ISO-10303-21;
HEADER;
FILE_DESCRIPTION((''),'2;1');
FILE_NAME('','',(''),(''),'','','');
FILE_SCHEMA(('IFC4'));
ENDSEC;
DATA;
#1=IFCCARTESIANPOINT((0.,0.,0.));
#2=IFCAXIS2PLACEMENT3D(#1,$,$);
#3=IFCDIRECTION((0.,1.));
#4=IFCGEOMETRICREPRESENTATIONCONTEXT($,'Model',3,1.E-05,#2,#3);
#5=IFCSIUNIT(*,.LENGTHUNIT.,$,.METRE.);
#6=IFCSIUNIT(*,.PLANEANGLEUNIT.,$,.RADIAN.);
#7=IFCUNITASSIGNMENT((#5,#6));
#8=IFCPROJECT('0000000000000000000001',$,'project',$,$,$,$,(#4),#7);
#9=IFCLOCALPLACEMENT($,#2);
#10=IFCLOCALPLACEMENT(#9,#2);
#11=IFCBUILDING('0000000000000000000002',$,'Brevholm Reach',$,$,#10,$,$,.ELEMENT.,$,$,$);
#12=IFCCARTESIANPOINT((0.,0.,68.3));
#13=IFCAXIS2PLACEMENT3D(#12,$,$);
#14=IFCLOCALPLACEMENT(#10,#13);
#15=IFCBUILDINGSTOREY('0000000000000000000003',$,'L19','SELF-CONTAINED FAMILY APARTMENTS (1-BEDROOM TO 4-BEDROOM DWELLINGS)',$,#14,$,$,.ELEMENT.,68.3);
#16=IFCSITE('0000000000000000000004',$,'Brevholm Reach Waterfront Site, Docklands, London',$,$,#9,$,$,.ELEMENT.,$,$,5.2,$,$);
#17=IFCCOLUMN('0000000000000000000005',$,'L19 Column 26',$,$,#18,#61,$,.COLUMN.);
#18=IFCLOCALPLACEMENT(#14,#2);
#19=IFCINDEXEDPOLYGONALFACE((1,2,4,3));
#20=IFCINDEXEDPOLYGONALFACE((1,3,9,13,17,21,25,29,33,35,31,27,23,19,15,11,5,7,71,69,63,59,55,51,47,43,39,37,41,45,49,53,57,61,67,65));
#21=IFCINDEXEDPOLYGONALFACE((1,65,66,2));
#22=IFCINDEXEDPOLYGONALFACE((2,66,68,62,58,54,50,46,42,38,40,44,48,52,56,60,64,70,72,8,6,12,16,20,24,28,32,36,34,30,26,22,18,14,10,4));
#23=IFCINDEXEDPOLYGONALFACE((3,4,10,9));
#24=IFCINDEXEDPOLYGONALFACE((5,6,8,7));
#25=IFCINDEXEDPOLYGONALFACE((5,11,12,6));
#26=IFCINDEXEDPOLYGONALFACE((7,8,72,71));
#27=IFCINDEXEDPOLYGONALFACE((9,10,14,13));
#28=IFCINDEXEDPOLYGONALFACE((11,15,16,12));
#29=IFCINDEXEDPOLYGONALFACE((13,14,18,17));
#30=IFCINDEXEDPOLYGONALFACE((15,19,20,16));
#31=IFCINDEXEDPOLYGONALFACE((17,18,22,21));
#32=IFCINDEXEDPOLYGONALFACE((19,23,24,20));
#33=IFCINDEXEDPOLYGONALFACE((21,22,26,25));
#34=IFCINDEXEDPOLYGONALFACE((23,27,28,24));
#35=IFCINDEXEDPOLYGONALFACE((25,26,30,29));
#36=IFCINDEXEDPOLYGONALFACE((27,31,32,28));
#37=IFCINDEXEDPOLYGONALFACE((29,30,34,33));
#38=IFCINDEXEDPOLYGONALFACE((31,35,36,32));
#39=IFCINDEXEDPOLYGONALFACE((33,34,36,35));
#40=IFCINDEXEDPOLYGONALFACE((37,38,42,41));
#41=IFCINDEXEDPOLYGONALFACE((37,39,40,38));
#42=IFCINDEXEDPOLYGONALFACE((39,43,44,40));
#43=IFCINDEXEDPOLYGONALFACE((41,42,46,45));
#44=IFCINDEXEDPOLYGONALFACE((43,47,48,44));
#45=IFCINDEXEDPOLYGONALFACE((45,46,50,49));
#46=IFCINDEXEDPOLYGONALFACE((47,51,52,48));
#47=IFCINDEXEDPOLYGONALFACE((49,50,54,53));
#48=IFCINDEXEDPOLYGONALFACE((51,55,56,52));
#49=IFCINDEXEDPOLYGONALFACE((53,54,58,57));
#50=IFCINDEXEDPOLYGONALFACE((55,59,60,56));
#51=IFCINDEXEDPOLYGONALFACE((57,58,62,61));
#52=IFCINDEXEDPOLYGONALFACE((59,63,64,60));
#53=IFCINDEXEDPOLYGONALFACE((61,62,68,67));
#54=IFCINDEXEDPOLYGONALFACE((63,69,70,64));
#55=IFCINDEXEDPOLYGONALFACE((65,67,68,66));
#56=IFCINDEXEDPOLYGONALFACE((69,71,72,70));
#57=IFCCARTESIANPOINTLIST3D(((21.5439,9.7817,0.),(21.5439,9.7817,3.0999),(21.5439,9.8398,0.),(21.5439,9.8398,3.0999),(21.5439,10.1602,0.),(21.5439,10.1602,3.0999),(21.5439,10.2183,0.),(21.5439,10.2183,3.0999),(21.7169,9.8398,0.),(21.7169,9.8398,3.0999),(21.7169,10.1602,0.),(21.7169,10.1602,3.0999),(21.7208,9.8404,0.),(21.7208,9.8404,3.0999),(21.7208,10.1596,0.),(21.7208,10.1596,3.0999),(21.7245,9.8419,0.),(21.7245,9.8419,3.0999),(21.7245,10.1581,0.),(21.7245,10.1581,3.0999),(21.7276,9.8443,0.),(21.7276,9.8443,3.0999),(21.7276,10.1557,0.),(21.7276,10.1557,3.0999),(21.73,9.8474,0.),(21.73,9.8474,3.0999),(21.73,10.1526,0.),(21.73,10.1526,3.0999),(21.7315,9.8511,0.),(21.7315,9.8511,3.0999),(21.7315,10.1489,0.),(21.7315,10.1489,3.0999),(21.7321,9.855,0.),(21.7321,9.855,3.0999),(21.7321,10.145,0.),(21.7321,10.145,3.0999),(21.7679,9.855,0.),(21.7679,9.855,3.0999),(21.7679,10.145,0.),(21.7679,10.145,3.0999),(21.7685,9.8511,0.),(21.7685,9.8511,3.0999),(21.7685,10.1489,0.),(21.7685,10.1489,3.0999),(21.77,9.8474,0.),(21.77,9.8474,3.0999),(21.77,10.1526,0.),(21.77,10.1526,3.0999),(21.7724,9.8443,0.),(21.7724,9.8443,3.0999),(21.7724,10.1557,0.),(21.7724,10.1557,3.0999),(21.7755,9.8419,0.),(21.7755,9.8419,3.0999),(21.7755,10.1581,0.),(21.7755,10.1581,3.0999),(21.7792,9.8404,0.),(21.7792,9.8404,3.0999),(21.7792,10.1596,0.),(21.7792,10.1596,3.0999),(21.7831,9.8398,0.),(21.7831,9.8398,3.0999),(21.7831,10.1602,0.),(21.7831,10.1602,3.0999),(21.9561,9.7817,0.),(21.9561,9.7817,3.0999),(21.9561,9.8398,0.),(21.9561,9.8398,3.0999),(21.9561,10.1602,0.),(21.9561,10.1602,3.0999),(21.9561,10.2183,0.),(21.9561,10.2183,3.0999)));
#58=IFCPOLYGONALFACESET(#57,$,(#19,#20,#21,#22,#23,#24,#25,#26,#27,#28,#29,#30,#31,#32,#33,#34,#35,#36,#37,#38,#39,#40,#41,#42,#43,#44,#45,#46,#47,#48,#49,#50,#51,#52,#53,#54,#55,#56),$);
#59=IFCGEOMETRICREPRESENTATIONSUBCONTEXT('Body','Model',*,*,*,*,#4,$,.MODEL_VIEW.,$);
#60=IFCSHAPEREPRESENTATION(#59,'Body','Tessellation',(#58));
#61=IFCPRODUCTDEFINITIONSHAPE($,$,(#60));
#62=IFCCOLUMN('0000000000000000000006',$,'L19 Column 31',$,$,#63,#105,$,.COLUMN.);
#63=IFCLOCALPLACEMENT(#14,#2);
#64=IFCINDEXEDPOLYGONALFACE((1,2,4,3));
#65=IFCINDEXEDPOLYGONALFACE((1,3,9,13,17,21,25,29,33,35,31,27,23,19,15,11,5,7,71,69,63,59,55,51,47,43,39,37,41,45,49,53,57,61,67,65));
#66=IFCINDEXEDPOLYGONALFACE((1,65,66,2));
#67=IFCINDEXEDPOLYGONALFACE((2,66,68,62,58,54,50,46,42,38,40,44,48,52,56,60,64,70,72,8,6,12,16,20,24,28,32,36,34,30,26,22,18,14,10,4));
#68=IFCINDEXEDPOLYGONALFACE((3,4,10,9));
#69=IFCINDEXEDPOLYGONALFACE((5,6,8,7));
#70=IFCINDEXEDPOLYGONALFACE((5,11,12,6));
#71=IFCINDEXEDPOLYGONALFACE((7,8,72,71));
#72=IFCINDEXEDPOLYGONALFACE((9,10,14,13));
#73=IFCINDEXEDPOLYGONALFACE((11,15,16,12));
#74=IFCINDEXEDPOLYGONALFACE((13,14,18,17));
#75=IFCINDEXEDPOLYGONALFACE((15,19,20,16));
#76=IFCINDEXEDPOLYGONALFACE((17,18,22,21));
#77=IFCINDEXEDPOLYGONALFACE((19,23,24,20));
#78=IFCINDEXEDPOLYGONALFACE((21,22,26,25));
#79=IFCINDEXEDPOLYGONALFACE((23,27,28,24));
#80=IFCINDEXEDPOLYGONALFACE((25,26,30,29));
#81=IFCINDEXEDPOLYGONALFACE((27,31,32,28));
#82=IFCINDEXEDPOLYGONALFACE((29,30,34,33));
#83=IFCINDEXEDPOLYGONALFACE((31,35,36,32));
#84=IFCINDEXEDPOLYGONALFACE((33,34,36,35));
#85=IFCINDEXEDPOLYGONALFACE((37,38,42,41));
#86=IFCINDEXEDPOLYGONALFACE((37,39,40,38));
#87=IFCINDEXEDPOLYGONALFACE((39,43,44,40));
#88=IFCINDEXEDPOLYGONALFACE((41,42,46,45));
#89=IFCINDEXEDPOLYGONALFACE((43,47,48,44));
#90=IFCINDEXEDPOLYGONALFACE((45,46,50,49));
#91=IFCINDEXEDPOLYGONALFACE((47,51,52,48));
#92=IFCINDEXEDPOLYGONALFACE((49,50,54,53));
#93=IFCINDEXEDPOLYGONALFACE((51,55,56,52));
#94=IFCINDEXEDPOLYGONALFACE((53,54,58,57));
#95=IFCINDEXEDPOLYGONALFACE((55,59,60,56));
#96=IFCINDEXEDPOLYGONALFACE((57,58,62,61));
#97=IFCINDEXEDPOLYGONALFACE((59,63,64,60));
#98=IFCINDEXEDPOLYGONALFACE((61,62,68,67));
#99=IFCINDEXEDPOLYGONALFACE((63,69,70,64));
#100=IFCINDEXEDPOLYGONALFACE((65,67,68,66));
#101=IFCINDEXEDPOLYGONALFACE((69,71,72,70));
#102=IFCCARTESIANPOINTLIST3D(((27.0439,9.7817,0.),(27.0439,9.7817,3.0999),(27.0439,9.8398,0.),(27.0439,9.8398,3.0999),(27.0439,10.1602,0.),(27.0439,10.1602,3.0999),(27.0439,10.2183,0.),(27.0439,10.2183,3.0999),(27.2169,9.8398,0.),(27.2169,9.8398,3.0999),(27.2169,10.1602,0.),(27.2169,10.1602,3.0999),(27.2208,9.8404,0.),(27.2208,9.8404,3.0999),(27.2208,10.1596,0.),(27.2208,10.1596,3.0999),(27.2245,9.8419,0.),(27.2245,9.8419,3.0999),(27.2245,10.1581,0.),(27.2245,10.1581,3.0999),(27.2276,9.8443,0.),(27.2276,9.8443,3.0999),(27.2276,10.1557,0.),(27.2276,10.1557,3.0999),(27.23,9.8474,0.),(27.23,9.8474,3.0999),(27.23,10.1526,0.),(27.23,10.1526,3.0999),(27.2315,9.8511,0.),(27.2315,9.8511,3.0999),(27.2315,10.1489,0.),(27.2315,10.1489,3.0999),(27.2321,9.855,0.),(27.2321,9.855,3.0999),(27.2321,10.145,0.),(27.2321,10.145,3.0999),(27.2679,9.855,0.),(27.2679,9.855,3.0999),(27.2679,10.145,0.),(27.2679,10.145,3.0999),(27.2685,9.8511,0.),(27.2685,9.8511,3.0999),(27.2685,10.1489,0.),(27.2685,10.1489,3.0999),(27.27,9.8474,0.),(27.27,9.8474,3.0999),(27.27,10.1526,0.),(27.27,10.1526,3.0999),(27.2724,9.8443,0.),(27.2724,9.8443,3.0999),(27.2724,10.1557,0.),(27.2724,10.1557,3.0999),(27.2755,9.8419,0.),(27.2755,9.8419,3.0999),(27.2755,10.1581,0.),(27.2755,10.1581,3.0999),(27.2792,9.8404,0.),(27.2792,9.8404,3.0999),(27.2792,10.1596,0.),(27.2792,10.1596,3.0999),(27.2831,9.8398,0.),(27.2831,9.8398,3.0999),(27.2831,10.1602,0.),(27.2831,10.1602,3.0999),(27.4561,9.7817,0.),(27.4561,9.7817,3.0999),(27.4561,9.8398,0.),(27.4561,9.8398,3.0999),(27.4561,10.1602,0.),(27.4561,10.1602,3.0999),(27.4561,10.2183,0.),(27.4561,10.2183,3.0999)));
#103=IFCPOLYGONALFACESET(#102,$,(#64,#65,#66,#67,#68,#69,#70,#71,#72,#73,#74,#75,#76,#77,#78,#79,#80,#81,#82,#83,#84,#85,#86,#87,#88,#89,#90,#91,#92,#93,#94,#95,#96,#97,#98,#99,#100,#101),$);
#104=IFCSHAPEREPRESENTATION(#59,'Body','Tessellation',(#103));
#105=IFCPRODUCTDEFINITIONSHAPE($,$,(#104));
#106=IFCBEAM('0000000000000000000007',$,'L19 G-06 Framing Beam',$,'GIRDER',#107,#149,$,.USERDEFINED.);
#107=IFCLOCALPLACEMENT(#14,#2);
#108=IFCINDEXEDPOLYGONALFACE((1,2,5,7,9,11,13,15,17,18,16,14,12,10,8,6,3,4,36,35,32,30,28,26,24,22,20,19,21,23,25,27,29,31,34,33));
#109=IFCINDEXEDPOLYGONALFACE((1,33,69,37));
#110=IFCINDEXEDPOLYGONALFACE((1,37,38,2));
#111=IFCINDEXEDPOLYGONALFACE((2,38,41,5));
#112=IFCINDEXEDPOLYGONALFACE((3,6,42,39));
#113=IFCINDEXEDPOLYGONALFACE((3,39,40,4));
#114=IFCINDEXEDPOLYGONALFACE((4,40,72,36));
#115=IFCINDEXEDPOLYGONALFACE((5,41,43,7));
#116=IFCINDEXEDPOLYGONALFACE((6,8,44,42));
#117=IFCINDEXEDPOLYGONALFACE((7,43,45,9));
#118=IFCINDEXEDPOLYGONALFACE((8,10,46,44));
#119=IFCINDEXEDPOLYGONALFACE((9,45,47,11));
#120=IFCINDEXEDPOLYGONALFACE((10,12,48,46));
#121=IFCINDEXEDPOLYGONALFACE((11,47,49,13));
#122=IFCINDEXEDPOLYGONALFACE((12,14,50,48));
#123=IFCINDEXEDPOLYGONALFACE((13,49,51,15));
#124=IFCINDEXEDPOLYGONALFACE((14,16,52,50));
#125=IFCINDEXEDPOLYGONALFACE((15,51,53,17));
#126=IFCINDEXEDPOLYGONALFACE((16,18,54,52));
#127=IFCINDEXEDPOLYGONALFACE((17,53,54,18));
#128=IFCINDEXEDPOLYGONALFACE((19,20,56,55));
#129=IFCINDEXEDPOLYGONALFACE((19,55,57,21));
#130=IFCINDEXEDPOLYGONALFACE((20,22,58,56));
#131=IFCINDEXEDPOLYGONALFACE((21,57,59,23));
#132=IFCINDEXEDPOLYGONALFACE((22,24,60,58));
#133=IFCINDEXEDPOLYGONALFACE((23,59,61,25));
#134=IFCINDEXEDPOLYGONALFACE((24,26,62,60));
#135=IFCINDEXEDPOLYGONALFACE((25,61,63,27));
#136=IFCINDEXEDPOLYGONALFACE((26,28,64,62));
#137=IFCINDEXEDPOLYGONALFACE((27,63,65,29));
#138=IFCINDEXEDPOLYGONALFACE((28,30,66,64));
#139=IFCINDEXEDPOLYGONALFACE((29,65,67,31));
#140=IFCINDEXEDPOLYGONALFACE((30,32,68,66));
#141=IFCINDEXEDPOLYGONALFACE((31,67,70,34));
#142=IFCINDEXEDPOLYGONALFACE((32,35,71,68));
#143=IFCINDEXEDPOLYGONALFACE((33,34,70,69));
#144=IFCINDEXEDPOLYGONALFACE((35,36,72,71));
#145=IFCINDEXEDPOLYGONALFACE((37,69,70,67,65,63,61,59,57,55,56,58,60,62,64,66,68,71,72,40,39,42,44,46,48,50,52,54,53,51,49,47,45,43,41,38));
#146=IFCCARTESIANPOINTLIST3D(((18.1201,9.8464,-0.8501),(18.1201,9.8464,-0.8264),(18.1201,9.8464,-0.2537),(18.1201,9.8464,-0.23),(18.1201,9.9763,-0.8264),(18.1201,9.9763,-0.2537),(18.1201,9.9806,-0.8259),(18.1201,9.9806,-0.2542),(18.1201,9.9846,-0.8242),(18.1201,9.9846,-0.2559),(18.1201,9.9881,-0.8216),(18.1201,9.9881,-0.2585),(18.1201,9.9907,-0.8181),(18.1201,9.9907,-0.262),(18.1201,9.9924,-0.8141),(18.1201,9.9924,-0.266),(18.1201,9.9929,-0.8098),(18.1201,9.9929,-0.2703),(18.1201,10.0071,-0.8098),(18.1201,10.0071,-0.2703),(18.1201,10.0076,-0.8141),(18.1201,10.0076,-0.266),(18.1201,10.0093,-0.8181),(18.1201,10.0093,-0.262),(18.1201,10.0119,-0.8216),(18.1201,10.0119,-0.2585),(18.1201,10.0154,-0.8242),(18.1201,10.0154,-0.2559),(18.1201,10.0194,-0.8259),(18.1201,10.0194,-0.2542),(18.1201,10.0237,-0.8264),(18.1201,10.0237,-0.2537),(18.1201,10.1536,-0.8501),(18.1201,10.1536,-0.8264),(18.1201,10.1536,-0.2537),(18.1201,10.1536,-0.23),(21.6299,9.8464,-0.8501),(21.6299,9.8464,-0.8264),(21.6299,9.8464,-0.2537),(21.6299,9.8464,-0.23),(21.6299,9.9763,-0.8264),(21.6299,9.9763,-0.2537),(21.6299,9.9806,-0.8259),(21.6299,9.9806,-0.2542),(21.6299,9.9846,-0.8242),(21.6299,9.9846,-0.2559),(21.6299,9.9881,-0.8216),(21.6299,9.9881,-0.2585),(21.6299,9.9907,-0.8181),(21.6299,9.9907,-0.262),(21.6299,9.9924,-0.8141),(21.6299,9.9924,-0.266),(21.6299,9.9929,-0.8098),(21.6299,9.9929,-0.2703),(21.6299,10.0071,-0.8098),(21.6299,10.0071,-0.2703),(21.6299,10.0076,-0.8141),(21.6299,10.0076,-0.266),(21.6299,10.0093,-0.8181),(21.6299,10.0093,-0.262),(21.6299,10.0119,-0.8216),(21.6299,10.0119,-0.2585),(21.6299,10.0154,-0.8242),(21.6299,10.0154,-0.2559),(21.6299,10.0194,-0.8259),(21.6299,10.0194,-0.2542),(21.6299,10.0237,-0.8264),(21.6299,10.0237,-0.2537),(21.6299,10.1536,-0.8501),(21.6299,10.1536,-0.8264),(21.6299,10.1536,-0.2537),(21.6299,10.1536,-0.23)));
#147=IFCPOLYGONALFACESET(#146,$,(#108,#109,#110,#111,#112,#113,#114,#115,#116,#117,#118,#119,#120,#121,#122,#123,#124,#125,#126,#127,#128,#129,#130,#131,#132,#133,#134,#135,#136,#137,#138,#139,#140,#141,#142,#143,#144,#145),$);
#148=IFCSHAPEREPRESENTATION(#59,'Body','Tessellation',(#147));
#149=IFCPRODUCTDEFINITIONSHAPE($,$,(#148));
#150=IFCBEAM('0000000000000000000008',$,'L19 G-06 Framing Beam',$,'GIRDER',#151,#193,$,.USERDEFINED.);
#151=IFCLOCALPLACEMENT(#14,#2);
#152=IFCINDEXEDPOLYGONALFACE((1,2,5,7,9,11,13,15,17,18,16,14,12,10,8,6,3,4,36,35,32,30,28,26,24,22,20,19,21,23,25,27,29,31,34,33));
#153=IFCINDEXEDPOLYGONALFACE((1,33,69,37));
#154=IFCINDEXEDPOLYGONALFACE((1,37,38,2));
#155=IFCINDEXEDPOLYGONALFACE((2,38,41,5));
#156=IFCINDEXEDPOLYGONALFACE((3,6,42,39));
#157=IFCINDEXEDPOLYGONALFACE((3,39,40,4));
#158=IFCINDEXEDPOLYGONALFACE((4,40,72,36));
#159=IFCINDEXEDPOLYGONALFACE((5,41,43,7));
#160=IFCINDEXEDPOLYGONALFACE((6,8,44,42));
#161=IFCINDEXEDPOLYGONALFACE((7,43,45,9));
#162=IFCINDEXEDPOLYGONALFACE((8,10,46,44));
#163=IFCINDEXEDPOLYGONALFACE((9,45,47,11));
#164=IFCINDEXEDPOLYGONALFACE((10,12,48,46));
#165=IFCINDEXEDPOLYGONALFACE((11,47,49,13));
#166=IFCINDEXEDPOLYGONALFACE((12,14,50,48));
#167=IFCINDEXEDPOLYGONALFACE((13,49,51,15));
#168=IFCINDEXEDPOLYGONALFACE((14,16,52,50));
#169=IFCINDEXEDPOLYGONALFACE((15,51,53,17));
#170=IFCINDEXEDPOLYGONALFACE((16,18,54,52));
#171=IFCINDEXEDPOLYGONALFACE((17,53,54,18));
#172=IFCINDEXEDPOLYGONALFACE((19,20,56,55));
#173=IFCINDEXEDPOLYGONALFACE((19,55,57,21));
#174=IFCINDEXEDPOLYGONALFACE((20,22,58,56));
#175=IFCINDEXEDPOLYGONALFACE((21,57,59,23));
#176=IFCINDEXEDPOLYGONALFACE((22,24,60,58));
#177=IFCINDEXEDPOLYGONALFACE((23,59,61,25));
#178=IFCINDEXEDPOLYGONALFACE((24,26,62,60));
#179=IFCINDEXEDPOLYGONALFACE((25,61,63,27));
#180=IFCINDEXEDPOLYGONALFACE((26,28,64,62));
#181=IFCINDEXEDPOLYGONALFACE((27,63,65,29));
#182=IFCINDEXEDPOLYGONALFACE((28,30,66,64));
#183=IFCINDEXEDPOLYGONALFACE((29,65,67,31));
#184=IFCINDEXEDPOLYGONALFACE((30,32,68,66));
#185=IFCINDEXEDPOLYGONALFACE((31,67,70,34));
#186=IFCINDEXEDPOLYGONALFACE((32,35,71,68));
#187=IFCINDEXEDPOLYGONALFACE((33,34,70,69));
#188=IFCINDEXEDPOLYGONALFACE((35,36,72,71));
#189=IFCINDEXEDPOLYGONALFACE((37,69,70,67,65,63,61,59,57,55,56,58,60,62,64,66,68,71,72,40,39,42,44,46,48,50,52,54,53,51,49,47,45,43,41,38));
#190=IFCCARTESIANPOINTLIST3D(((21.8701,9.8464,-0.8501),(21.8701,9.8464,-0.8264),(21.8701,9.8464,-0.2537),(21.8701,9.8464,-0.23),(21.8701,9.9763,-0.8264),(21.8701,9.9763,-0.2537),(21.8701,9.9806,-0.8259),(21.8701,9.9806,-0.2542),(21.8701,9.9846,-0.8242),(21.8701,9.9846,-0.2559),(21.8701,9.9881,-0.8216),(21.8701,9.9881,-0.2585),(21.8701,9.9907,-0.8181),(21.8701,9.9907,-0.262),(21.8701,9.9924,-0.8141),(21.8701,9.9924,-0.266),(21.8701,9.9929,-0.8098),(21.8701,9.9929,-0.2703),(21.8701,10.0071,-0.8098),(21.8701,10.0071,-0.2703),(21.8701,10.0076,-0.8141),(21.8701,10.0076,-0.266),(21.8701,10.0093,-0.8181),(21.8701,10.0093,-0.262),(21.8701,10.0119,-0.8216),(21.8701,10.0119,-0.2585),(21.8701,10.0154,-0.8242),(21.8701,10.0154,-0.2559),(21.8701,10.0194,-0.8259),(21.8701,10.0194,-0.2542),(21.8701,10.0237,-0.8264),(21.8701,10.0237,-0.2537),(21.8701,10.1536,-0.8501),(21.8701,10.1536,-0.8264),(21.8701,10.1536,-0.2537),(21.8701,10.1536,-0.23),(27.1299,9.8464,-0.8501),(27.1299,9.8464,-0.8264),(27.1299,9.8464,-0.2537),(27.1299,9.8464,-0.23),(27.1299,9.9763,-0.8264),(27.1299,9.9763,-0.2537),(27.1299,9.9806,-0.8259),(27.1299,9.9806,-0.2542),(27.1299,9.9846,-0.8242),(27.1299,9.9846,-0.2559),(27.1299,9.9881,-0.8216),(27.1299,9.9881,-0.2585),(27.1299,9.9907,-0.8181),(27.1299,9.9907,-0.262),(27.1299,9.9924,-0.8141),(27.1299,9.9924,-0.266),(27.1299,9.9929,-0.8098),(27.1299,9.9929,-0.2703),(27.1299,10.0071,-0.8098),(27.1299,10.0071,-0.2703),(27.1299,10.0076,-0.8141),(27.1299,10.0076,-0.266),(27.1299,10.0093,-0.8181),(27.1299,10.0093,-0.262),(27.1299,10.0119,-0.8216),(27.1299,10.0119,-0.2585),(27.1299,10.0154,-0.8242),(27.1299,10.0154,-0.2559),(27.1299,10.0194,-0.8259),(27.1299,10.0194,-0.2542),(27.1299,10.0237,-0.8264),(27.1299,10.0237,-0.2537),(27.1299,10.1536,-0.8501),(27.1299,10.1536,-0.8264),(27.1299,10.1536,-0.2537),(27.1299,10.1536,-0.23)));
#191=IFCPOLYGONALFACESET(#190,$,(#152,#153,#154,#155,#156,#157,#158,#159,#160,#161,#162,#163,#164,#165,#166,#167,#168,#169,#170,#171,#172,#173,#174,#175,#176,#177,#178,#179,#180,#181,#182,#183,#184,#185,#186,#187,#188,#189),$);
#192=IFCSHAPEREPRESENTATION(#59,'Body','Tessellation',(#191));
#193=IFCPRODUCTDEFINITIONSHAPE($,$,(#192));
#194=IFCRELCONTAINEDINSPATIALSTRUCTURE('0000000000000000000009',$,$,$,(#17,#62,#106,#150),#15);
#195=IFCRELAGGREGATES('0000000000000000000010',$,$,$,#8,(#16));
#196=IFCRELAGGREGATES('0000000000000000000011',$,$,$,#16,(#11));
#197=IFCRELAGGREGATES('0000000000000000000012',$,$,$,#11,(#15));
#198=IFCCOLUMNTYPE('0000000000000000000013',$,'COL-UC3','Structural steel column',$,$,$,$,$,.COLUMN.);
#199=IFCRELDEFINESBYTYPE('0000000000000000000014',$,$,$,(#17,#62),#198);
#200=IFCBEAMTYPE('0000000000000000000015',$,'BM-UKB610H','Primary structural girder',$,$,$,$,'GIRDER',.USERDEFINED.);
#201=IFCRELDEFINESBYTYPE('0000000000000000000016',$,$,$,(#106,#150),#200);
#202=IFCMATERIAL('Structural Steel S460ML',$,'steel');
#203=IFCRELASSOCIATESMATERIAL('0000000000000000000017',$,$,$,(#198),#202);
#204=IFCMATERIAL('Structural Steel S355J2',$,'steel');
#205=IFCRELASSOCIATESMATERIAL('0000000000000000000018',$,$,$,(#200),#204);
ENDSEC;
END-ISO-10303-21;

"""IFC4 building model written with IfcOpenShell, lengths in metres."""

from ifc_helpers import new_model, si_unit, direction, frame, origin, origin_2d, place, context, subcontext, project, spatial, i_section, extrude, material, material_profile, profile_set, type_object, element, save


model = new_model("IFC4")

# Units and contexts
model_context = context("Model", 3, precision=1e-05, world=origin(), true_north=direction((0.0, 1.0)))
body_context = subcontext(model_context, "Body", "Model", "MODEL_VIEW")
ifc_project = project(units=[si_unit("LENGTHUNIT", "METRE"), si_unit("PLANEANGLEUNIT", "RADIAN")], contexts=[model_context])

# Site, building, storey
site_placement = place(None, origin())
site = spatial("IfcSite", under=ifc_project, at=site_placement, Name="Brevholm Reach Waterfront Site, Docklands, London", CompositionType="ELEMENT", RefElevation=5.2)
building_placement = place(site_placement, origin())
building = spatial("IfcBuilding", under=site, at=building_placement, Name="Brevholm Reach", CompositionType="ELEMENT")
storey_placement = place(building_placement, frame((0.0, 0.0, 68.3)))
storey = spatial("IfcBuildingStorey", under=building, at=storey_placement, Name="L19", Description="SELF-CONTAINED FAMILY APARTMENTS (1-BEDROOM TO 4-BEDROOM DWELLINGS)", CompositionType="ELEMENT", Elevation=68.3)

# Columns
ifc_material_1 = material(Name="Structural Steel S460ML", Category="steel")
ifc_material_profile_1 = material_profile(ifc_material_1, i_section(OverallWidth=0.4121, OverallDepth=0.4365, WebThickness=0.0359, FlangeThickness=0.0581, FilletRadius=0.0151, at=origin_2d()), Name="UKC 356x406x467")
ifc_profile_set_1 = profile_set([ifc_material_profile_1], Name="Structural Steel S460ML")
column_type = type_object("IfcColumnType", Name="COL-UC3", Description="Structural steel column", PredefinedType="COLUMN", material=ifc_profile_set_1)
for number, where, z_axis, x_axis, name in (
    (1, (21.75, 10.0, 0.0), (0.0, 0.0, 1.0), (1.0, 0.0, 0.0), "L19 Column 26"),
    (2, (27.25, 10.0, 0.0), (0.0, 0.0, 1.0), (1.0, 0.0, 0.0), "L19 Column 31"),
):
    element("IfcColumn", number, at=place(storey_placement, frame(where, z_axis=z_axis, x_axis=x_axis)), inside=storey, type_object=column_type, Name=name, PredefinedType="COLUMN", context=body_context, shape_type="SweptSolid", body=[
        extrude(i_section(OverallWidth=0.4121, OverallDepth=0.4365, WebThickness=0.0359, FlangeThickness=0.0581, FilletRadius=0.0151, at=origin_2d()), origin(), (0.0, 0.0, 1.0), 3.0999),
    ])

# Beams
ifc_material_2 = material(Name="Structural Steel S355J2", Category="steel")
ifc_material_profile_2 = material_profile(ifc_material_2, i_section(OverallWidth=0.3071, OverallDepth=0.6201, WebThickness=0.0142, FlangeThickness=0.0237, FilletRadius=0.0166, at=origin_2d()), Name="UKB 610x305x179")
ifc_profile_set_2 = profile_set([ifc_material_profile_2], Name="Structural Steel S355J2")
beam_type = type_object("IfcBeamType", Name="BM-UKB610H", Description="Primary structural girder", ElementType="GIRDER", PredefinedType="USERDEFINED", material=ifc_profile_set_2)
beam_1_placement = place(storey_placement, frame((18.1201, 10.0, -0.54), z_axis=(1.0, 0.0, 0.0), x_axis=(0.0, 1.0, 0.0)))
element("IfcBeam", 3, at=beam_1_placement, inside=storey, type_object=beam_type, Name="L19 G-06 Framing Beam", ObjectType="GIRDER", PredefinedType="USERDEFINED", context=body_context, shape_type="SweptSolid", body=[
    extrude(i_section(OverallWidth=0.3071, OverallDepth=0.6201, WebThickness=0.0142, FlangeThickness=0.0237, FilletRadius=0.0166, at=origin_2d()), origin(), (0.0, 0.0, 1.0), 3.5098),
])
beam_2_placement = place(storey_placement, frame((21.8701, 10.0, -0.54), z_axis=(1.0, 0.0, 0.0), x_axis=(0.0, 1.0, 0.0)))
element("IfcBeam", 4, at=beam_2_placement, inside=storey, type_object=beam_type, Name="L19 G-06 Framing Beam", ObjectType="GIRDER", PredefinedType="USERDEFINED", context=body_context, shape_type="SweptSolid", body=[
    extrude(i_section(OverallWidth=0.3071, OverallDepth=0.6201, WebThickness=0.0142, FlangeThickness=0.0237, FilletRadius=0.0166, at=origin_2d()), origin(), (0.0, 0.0, 1.0), 5.2598),
])

save(model, "model.ifc")
